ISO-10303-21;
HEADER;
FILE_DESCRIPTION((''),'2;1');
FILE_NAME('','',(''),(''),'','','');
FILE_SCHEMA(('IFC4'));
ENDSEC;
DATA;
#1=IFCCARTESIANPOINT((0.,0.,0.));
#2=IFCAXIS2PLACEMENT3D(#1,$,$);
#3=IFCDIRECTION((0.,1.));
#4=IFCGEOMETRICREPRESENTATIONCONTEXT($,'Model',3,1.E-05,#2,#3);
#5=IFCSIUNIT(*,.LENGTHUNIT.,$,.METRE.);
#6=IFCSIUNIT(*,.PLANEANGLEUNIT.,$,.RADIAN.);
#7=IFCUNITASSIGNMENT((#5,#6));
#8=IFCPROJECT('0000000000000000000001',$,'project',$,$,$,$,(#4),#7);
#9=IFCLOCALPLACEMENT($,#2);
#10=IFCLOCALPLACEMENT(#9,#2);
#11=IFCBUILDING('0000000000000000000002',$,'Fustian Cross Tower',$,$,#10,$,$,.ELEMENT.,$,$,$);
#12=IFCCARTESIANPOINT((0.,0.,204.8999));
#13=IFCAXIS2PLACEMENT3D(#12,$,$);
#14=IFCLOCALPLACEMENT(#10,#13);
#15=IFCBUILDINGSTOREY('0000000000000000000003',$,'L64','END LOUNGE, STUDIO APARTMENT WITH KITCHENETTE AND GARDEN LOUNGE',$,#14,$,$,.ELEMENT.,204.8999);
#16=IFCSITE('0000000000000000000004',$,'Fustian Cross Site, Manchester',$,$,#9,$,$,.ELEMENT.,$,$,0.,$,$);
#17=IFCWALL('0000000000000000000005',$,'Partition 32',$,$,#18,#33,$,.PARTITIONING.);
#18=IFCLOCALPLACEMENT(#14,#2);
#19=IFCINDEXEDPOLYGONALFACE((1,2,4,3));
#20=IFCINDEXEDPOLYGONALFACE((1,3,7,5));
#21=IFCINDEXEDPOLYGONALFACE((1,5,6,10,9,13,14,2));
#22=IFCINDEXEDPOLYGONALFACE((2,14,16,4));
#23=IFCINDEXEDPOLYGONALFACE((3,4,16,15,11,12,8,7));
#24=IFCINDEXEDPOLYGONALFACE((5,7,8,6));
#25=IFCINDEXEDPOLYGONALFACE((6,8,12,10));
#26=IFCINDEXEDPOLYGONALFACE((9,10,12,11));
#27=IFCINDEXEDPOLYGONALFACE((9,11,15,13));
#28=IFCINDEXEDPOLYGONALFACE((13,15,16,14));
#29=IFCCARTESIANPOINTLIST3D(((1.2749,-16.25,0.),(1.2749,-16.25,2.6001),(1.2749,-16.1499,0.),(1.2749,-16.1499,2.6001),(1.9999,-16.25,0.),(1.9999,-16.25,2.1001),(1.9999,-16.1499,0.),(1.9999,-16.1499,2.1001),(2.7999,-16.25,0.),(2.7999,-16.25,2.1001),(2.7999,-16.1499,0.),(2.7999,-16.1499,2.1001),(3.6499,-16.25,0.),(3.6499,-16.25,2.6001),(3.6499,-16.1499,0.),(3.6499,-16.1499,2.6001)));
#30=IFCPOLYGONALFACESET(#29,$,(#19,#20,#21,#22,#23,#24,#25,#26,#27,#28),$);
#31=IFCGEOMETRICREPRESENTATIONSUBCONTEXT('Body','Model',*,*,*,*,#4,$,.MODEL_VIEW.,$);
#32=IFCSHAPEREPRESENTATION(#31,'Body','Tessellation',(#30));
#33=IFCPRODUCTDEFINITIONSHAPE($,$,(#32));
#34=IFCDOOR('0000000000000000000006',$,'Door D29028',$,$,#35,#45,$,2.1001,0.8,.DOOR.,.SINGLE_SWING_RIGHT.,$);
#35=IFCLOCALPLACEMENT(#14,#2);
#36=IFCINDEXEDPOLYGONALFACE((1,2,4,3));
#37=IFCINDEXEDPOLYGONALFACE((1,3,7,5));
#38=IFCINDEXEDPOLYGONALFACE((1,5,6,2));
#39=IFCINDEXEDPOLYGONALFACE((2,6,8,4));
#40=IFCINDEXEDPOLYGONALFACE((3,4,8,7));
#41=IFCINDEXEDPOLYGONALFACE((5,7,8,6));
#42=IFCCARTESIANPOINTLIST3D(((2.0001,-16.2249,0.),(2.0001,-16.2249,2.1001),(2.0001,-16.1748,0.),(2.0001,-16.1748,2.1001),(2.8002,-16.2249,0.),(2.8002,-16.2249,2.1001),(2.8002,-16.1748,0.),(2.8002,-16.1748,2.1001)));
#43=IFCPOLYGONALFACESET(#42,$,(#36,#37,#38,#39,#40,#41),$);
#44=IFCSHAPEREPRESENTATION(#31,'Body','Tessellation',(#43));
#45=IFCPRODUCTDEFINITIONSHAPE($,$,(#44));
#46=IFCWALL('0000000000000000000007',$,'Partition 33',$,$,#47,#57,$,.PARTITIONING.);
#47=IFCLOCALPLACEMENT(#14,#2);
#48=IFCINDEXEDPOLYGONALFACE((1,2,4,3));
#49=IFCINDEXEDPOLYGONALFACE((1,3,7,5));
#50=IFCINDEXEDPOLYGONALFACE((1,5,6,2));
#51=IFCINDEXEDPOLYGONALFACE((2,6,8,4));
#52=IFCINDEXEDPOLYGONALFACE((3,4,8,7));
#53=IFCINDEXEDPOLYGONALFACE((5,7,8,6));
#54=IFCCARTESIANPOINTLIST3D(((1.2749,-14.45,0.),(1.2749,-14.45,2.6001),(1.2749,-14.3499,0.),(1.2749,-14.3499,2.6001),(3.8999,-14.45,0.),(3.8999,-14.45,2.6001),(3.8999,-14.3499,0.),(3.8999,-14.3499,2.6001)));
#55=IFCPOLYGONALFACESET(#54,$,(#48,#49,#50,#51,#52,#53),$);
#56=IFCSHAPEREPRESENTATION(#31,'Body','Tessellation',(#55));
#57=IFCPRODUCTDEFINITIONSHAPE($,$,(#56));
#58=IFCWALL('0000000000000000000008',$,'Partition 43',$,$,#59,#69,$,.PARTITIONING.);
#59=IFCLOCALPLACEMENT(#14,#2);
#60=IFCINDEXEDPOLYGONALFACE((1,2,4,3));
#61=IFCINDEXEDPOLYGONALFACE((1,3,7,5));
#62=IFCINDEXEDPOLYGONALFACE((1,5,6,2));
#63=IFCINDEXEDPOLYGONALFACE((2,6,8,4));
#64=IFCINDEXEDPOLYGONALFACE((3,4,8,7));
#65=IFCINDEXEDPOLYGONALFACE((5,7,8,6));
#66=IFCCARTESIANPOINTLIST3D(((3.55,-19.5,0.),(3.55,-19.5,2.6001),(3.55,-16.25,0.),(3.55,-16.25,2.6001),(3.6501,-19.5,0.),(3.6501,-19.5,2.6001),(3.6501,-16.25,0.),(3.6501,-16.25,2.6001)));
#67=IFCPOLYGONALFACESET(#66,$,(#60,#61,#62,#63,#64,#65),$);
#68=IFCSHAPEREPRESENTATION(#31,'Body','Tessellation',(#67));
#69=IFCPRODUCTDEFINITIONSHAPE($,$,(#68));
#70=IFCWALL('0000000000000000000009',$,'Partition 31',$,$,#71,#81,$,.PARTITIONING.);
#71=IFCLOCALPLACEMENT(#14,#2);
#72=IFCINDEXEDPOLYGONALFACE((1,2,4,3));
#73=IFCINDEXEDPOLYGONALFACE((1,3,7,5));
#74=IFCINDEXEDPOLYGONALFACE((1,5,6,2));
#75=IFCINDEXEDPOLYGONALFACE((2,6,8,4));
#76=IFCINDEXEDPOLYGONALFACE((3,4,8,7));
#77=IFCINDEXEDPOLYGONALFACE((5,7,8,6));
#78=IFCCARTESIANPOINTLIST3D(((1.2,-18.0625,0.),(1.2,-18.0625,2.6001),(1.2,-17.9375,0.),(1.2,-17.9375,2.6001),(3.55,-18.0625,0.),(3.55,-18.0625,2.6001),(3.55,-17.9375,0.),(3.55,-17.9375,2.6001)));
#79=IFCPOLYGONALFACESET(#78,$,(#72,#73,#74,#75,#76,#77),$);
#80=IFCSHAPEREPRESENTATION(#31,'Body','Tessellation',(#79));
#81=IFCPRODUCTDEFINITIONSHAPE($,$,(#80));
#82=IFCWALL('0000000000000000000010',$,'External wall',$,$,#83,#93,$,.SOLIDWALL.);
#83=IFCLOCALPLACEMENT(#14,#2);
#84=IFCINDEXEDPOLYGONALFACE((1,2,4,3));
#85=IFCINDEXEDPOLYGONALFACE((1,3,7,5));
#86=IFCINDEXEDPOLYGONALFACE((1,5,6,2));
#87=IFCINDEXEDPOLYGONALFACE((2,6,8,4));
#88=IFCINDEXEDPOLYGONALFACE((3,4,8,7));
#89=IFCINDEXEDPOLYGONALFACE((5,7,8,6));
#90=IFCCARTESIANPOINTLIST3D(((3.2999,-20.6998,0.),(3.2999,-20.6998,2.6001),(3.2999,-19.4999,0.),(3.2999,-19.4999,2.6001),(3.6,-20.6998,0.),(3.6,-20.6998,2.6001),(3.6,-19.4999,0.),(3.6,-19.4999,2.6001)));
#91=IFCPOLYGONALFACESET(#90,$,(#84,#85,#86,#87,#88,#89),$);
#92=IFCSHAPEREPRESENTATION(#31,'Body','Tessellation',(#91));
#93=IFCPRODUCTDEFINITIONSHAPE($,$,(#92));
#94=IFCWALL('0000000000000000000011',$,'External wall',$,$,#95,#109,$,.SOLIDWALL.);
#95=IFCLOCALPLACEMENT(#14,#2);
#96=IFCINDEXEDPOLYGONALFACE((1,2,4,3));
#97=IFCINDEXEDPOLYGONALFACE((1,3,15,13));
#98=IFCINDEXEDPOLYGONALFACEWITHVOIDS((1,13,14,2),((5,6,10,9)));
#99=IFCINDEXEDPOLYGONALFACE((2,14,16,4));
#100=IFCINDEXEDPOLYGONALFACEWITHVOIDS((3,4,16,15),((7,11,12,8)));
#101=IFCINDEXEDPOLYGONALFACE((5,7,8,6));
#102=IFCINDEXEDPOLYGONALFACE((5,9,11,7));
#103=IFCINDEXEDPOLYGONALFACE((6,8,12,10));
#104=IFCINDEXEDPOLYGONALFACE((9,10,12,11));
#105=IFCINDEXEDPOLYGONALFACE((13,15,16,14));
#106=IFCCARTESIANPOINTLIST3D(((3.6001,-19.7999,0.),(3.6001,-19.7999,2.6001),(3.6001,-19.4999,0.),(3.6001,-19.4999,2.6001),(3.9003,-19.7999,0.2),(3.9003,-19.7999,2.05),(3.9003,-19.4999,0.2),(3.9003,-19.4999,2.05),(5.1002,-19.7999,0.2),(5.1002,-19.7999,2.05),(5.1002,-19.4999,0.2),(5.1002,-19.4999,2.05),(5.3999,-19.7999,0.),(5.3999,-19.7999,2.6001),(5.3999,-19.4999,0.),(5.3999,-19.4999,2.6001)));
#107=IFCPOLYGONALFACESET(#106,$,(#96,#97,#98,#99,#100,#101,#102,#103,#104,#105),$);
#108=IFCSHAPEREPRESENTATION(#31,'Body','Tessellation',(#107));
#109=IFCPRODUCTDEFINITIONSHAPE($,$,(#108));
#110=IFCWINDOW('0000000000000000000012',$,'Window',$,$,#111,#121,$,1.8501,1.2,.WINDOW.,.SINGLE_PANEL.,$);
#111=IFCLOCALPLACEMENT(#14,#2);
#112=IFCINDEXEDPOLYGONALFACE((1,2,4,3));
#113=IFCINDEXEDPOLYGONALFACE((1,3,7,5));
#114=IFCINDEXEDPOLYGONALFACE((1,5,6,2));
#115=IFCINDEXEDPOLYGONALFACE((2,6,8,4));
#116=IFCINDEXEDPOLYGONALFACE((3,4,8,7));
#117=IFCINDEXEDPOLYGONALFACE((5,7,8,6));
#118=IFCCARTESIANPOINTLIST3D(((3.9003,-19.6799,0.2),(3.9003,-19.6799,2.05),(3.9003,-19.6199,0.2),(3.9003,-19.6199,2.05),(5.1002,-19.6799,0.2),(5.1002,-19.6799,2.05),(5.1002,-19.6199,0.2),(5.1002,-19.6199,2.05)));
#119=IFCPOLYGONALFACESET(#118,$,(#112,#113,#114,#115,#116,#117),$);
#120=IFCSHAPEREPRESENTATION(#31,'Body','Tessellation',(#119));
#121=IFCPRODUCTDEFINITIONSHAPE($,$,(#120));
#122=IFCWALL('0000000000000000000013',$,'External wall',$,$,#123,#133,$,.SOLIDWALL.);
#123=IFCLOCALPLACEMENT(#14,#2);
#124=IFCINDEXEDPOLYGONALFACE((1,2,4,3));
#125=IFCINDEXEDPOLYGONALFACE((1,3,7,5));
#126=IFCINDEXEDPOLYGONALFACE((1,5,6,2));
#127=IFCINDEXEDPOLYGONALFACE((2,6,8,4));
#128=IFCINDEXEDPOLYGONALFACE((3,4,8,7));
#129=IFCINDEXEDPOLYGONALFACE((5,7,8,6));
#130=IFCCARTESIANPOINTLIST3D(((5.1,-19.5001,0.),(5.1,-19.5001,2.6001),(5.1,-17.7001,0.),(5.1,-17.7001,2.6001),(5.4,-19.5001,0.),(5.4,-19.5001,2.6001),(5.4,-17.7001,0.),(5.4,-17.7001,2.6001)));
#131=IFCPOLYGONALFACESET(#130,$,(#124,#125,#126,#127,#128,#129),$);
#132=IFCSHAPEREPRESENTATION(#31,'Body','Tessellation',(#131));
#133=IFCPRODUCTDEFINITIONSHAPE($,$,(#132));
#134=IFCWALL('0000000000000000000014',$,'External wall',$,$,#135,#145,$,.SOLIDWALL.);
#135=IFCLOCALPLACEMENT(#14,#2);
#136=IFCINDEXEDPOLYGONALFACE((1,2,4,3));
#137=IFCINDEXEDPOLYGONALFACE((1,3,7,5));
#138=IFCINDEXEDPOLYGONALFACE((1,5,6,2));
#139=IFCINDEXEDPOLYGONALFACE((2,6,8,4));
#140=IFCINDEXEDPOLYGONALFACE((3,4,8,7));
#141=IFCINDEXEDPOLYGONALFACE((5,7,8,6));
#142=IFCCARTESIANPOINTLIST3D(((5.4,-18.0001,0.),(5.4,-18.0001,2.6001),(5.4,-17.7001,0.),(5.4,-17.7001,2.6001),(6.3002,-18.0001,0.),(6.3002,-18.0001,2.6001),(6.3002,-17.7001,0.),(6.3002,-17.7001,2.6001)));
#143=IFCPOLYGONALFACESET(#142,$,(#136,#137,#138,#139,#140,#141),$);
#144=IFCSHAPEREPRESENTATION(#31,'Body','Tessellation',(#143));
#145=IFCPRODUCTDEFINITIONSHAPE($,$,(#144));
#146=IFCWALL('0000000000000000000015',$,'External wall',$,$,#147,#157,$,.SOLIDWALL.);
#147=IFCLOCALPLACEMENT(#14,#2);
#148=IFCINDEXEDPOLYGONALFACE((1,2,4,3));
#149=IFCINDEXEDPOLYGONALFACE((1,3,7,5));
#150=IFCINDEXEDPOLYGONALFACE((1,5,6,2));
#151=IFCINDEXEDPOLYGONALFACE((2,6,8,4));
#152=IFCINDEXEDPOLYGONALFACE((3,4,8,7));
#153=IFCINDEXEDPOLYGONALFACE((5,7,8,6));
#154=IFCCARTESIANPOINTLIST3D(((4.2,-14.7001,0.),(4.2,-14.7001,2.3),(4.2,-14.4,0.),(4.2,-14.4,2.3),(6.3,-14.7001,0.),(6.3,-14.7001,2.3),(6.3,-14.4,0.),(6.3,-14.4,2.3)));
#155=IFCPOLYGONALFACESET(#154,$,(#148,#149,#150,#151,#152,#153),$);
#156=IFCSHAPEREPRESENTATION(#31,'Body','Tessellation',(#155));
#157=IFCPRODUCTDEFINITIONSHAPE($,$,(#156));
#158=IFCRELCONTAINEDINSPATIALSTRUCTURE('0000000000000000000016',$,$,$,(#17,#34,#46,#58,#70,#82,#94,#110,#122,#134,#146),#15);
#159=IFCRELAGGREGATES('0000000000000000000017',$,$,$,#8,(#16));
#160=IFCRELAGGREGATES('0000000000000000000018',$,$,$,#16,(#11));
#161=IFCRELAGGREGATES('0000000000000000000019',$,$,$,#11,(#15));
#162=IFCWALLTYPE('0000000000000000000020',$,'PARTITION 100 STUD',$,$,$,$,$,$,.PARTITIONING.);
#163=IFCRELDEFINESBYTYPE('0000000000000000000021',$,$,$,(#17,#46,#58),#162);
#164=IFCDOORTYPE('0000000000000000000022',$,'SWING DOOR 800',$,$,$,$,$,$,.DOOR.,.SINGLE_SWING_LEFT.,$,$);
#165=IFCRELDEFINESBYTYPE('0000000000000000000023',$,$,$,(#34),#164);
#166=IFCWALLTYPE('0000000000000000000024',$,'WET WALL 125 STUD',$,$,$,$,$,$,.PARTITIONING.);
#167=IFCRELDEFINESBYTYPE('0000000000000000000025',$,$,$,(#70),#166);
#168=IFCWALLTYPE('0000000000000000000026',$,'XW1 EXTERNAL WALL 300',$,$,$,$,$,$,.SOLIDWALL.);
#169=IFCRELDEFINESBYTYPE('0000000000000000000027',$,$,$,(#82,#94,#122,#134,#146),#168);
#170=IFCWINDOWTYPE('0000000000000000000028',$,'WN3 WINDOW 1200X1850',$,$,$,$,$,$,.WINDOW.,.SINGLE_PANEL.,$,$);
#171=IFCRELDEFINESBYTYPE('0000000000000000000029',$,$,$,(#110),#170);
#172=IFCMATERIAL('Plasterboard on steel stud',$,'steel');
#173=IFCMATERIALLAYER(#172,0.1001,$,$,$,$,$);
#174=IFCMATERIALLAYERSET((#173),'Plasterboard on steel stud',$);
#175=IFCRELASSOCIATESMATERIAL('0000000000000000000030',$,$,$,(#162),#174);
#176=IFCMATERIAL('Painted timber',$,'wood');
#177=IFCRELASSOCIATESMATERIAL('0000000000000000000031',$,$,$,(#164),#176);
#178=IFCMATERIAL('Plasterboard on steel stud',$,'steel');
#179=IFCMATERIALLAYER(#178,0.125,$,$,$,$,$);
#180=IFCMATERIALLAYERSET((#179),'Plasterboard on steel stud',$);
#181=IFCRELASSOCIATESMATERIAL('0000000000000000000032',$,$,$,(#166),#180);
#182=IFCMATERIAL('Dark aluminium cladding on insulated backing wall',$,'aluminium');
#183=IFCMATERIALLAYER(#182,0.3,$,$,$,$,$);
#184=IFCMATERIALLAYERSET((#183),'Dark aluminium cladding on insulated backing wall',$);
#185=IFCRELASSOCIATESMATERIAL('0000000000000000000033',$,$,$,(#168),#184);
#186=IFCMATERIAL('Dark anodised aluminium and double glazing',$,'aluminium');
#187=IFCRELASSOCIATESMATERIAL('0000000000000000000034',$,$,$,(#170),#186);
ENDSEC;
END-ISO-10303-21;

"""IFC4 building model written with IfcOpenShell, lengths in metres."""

from ifc_helpers import new_model, si_unit, direction, frame, frame_2d, origin, place, context, subcontext, project, spatial, rectangle, extrude, material, layer, layer_set, type_object, element, fill, save


model = new_model("IFC4")

# Units and contexts
model_context = context("Model", 3, precision=1e-05, world=origin(), true_north=direction((0.0, 1.0)))
body_context = subcontext(model_context, "Body", "Model", "MODEL_VIEW")
ifc_project = project(units=[si_unit("LENGTHUNIT", "METRE"), si_unit("PLANEANGLEUNIT", "RADIAN")], contexts=[model_context])

# Site, building, storey
site_placement = place(None, origin())
site = spatial("IfcSite", under=ifc_project, at=site_placement, Name="Fustian Cross Site, Manchester", CompositionType="ELEMENT", RefElevation=0.0)
building_placement = place(site_placement, origin())
building = spatial("IfcBuilding", under=site, at=building_placement, Name="Fustian Cross Tower", CompositionType="ELEMENT")
storey_placement = place(building_placement, frame((0.0, 0.0, 204.8999)))
storey = spatial("IfcBuildingStorey", under=building, at=storey_placement, Name="L64", Description="END LOUNGE, STUDIO APARTMENT WITH KITCHENETTE AND GARDEN LOUNGE", CompositionType="ELEMENT", Elevation=204.8999)

# Wall, opening, door
ifc_material_1 = material(Name="Plasterboard on steel stud", Category="steel")
ifc_layer_1 = layer(ifc_material_1, 0.1001)
ifc_layer_set_1 = layer_set([ifc_layer_1], Name="Plasterboard on steel stud")
wall_type_1 = type_object("IfcWallType", Name="PARTITION 100 STUD", PredefinedType="PARTITIONING", material=ifc_layer_set_1)
wall_1_placement = place(storey_placement, frame((1.2749, -16.2, 0.0), z_axis=(0.0, 0.0, 1.0), x_axis=(1.0, 0.0, 0.0)))
wall_1 = element("IfcWall", 1, at=wall_1_placement, inside=storey, type_object=wall_type_1, Name="Partition 32", PredefinedType="PARTITIONING", context=body_context, shape_type="SweptSolid", body=[
    extrude(rectangle(XDim=2.375, YDim=0.1001, at=frame_2d((1.1875, 0.0))), origin(), (0.0, 0.0, 1.0), 2.6001),
])
opening_1_placement = place(wall_1_placement, frame((0.7251, 0.0, 0.0)))
opening_1 = element("IfcOpeningElement", 2, at=opening_1_placement, cuts=wall_1, PredefinedType="OPENING", context=body_context, shape_type="SweptSolid", body=[
    extrude(rectangle(XDim=0.8, YDim=2.1001, at=frame_2d((0.3999, 1.05))), frame((0.0, 0.0601, 0.0), z_axis=(0.0, -1.0, 0.0), x_axis=(1.0, 0.0, 0.0)), (0.0, 0.0, 1.0), 0.1201),
])
ifc_material_2 = material(Name="Painted timber", Category="wood")
door_type_1 = type_object("IfcDoorType", Name="SWING DOOR 800", OperationType="SINGLE_SWING_LEFT", PredefinedType="DOOR", material=ifc_material_2)
door_1_placement = place(opening_1_placement, frame((0.8, 0.0, 0.0), z_axis=(0.0, 0.0, 1.0), x_axis=(-1.0, 0.0, 0.0)))
door_1 = element("IfcDoor", 3, at=door_1_placement, inside=storey, type_object=door_type_1, Name="Door D29028", OperationType="SINGLE_SWING_RIGHT", OverallHeight=2.1001, OverallWidth=0.8, PredefinedType="DOOR", context=body_context, shape_type="SweptSolid", body=[
    extrude(rectangle(XDim=0.8, YDim=2.1001, at=frame_2d((0.3999, 1.05))), frame((0.0, 0.0249, 0.0), z_axis=(0.0, -1.0, 0.0), x_axis=(1.0, 0.0, 0.0)), (0.0, 0.0, 1.0), 0.05),
])
fill(opening_1, door_1)

# Walls
wall_2_placement = place(storey_placement, frame((1.2749, -14.3999, 0.0), z_axis=(0.0, 0.0, 1.0), x_axis=(1.0, 0.0, 0.0)))
element("IfcWall", 4, at=wall_2_placement, inside=storey, type_object=wall_type_1, Name="Partition 33", PredefinedType="PARTITIONING", context=body_context, shape_type="SweptSolid", body=[
    extrude(rectangle(XDim=2.625, YDim=0.1001, at=frame_2d((1.3125, 0.0))), origin(), (0.0, 0.0, 1.0), 2.6001),
])
wall_3_placement = place(storey_placement, frame((3.6001, -19.5, 0.0), z_axis=(0.0, 0.0, 1.0), x_axis=(0.0, 1.0, 0.0)))
element("IfcWall", 5, at=wall_3_placement, inside=storey, type_object=wall_type_1, Name="Partition 43", PredefinedType="PARTITIONING", context=body_context, shape_type="SweptSolid", body=[
    extrude(rectangle(XDim=3.25, YDim=0.1001, at=frame_2d((1.625, 0.0))), origin(), (0.0, 0.0, 1.0), 2.6001),
])
ifc_material_3 = material(Name="Plasterboard on steel stud", Category="steel")
ifc_layer_2 = layer(ifc_material_3, 0.125)
ifc_layer_set_2 = layer_set([ifc_layer_2], Name="Plasterboard on steel stud")
wall_type_2 = type_object("IfcWallType", Name="WET WALL 125 STUD", PredefinedType="PARTITIONING", material=ifc_layer_set_2)
wall_4_placement = place(storey_placement, frame((1.2, -18.0, 0.0), z_axis=(0.0, 0.0, 1.0), x_axis=(1.0, 0.0, 0.0)))
element("IfcWall", 6, at=wall_4_placement, inside=storey, type_object=wall_type_2, Name="Partition 31", PredefinedType="PARTITIONING", context=body_context, shape_type="SweptSolid", body=[
    extrude(rectangle(XDim=2.3501, YDim=0.125, at=frame_2d((1.175, 0.0))), origin(), (0.0, 0.0, 1.0), 2.6001),
])
ifc_material_4 = material(Name="Dark aluminium cladding on insulated backing wall", Category="aluminium")
ifc_layer_3 = layer(ifc_material_4, 0.3)
ifc_layer_set_3 = layer_set([ifc_layer_3], Name="Dark aluminium cladding on insulated backing wall")
wall_type_3 = type_object("IfcWallType", Name="XW1 EXTERNAL WALL 300", PredefinedType="SOLIDWALL", material=ifc_layer_set_3)
wall_5_placement = place(storey_placement, frame((3.45, -20.7, 0.0), z_axis=(0.0, 0.0, 1.0), x_axis=(0.0, 1.0, 0.0)))
element("IfcWall", 7, at=wall_5_placement, inside=storey, type_object=wall_type_3, Name="External wall", PredefinedType="SOLIDWALL", context=body_context, shape_type="SweptSolid", body=[
    extrude(rectangle(XDim=1.2, YDim=0.3, at=frame_2d((0.6001, 0.0))), origin(), (0.0, 0.0, 1.0), 2.6001),
])

# Wall, opening, window
wall_6_placement = place(storey_placement, frame((3.6001, -19.6499, 0.0), z_axis=(0.0, 0.0, 1.0), x_axis=(1.0, 0.0, 0.0)))
wall_6 = element("IfcWall", 8, at=wall_6_placement, inside=storey, type_object=wall_type_3, Name="External wall", PredefinedType="SOLIDWALL", context=body_context, shape_type="SweptSolid", body=[
    extrude(rectangle(XDim=1.7998, YDim=0.3, at=frame_2d((0.8999, 0.0))), origin(), (0.0, 0.0, 1.0), 2.6001),
])
opening_2_placement = place(wall_6_placement, frame((0.3, 0.0, 0.2)))
opening_2 = element("IfcOpeningElement", 9, at=opening_2_placement, cuts=wall_6, PredefinedType="OPENING", context=body_context, shape_type="SweptSolid", body=[
    extrude(rectangle(XDim=1.2, YDim=1.8501, at=frame_2d((0.6001, 0.925))), frame((0.0, 0.1599, 0.0), z_axis=(0.0, -1.0, 0.0), x_axis=(1.0, 0.0, 0.0)), (0.0, 0.0, 1.0), 0.3201),
])
ifc_material_5 = material(Name="Dark anodised aluminium and double glazing", Category="aluminium")
window_type = type_object("IfcWindowType", Name="WN3 WINDOW 1200X1850", PartitioningType="SINGLE_PANEL", PredefinedType="WINDOW", material=ifc_material_5)
window_placement = place(opening_2_placement, origin())
window = element("IfcWindow", 10, at=window_placement, inside=storey, type_object=window_type, Name="Window", OverallHeight=1.8501, OverallWidth=1.2, PartitioningType="SINGLE_PANEL", PredefinedType="WINDOW", context=body_context, shape_type="SweptSolid", body=[
    extrude(rectangle(XDim=1.2, YDim=1.8501, at=frame_2d((0.6001, 0.925))), frame((0.0, 0.03, 0.0), z_axis=(0.0, -1.0, 0.0), x_axis=(1.0, 0.0, 0.0)), (0.0, 0.0, 1.0), 0.0601),
])
fill(opening_2, window)

# Walls
wall_7_placement = place(storey_placement, frame((5.25, -19.5, 0.0), z_axis=(0.0, 0.0, 1.0), x_axis=(0.0, 1.0, 0.0)))
element("IfcWall", 11, at=wall_7_placement, inside=storey, type_object=wall_type_3, Name="External wall", PredefinedType="SOLIDWALL", context=body_context, shape_type="SweptSolid", body=[
    extrude(rectangle(XDim=1.8, YDim=0.3, at=frame_2d((0.8999, 0.0))), origin(), (0.0, 0.0, 1.0), 2.6001),
])
wall_8_placement = place(storey_placement, frame((5.3999, -17.8501, 0.0), z_axis=(0.0, 0.0, 1.0), x_axis=(1.0, 0.0, 0.0)))
element("IfcWall", 12, at=wall_8_placement, inside=storey, type_object=wall_type_3, Name="External wall", PredefinedType="SOLIDWALL", context=body_context, shape_type="SweptSolid", body=[
    extrude(rectangle(XDim=0.9001, YDim=0.3, at=frame_2d((0.4502, 0.0))), origin(), (0.0, 0.0, 1.0), 2.6001),
])
wall_9_placement = place(storey_placement, frame((6.3, -14.55, 0.0), z_axis=(0.0, 0.0, 1.0), x_axis=(-1.0, 0.0, 0.0)))
element("IfcWall", 13, at=wall_9_placement, inside=storey, type_object=wall_type_3, Name="External wall", PredefinedType="SOLIDWALL", context=body_context, shape_type="SweptSolid", body=[
    extrude(rectangle(XDim=2.1001, YDim=0.3, at=frame_2d((1.05, 0.0))), origin(), (0.0, 0.0, 1.0), 2.3),
])

save(model, "model.ifc")
